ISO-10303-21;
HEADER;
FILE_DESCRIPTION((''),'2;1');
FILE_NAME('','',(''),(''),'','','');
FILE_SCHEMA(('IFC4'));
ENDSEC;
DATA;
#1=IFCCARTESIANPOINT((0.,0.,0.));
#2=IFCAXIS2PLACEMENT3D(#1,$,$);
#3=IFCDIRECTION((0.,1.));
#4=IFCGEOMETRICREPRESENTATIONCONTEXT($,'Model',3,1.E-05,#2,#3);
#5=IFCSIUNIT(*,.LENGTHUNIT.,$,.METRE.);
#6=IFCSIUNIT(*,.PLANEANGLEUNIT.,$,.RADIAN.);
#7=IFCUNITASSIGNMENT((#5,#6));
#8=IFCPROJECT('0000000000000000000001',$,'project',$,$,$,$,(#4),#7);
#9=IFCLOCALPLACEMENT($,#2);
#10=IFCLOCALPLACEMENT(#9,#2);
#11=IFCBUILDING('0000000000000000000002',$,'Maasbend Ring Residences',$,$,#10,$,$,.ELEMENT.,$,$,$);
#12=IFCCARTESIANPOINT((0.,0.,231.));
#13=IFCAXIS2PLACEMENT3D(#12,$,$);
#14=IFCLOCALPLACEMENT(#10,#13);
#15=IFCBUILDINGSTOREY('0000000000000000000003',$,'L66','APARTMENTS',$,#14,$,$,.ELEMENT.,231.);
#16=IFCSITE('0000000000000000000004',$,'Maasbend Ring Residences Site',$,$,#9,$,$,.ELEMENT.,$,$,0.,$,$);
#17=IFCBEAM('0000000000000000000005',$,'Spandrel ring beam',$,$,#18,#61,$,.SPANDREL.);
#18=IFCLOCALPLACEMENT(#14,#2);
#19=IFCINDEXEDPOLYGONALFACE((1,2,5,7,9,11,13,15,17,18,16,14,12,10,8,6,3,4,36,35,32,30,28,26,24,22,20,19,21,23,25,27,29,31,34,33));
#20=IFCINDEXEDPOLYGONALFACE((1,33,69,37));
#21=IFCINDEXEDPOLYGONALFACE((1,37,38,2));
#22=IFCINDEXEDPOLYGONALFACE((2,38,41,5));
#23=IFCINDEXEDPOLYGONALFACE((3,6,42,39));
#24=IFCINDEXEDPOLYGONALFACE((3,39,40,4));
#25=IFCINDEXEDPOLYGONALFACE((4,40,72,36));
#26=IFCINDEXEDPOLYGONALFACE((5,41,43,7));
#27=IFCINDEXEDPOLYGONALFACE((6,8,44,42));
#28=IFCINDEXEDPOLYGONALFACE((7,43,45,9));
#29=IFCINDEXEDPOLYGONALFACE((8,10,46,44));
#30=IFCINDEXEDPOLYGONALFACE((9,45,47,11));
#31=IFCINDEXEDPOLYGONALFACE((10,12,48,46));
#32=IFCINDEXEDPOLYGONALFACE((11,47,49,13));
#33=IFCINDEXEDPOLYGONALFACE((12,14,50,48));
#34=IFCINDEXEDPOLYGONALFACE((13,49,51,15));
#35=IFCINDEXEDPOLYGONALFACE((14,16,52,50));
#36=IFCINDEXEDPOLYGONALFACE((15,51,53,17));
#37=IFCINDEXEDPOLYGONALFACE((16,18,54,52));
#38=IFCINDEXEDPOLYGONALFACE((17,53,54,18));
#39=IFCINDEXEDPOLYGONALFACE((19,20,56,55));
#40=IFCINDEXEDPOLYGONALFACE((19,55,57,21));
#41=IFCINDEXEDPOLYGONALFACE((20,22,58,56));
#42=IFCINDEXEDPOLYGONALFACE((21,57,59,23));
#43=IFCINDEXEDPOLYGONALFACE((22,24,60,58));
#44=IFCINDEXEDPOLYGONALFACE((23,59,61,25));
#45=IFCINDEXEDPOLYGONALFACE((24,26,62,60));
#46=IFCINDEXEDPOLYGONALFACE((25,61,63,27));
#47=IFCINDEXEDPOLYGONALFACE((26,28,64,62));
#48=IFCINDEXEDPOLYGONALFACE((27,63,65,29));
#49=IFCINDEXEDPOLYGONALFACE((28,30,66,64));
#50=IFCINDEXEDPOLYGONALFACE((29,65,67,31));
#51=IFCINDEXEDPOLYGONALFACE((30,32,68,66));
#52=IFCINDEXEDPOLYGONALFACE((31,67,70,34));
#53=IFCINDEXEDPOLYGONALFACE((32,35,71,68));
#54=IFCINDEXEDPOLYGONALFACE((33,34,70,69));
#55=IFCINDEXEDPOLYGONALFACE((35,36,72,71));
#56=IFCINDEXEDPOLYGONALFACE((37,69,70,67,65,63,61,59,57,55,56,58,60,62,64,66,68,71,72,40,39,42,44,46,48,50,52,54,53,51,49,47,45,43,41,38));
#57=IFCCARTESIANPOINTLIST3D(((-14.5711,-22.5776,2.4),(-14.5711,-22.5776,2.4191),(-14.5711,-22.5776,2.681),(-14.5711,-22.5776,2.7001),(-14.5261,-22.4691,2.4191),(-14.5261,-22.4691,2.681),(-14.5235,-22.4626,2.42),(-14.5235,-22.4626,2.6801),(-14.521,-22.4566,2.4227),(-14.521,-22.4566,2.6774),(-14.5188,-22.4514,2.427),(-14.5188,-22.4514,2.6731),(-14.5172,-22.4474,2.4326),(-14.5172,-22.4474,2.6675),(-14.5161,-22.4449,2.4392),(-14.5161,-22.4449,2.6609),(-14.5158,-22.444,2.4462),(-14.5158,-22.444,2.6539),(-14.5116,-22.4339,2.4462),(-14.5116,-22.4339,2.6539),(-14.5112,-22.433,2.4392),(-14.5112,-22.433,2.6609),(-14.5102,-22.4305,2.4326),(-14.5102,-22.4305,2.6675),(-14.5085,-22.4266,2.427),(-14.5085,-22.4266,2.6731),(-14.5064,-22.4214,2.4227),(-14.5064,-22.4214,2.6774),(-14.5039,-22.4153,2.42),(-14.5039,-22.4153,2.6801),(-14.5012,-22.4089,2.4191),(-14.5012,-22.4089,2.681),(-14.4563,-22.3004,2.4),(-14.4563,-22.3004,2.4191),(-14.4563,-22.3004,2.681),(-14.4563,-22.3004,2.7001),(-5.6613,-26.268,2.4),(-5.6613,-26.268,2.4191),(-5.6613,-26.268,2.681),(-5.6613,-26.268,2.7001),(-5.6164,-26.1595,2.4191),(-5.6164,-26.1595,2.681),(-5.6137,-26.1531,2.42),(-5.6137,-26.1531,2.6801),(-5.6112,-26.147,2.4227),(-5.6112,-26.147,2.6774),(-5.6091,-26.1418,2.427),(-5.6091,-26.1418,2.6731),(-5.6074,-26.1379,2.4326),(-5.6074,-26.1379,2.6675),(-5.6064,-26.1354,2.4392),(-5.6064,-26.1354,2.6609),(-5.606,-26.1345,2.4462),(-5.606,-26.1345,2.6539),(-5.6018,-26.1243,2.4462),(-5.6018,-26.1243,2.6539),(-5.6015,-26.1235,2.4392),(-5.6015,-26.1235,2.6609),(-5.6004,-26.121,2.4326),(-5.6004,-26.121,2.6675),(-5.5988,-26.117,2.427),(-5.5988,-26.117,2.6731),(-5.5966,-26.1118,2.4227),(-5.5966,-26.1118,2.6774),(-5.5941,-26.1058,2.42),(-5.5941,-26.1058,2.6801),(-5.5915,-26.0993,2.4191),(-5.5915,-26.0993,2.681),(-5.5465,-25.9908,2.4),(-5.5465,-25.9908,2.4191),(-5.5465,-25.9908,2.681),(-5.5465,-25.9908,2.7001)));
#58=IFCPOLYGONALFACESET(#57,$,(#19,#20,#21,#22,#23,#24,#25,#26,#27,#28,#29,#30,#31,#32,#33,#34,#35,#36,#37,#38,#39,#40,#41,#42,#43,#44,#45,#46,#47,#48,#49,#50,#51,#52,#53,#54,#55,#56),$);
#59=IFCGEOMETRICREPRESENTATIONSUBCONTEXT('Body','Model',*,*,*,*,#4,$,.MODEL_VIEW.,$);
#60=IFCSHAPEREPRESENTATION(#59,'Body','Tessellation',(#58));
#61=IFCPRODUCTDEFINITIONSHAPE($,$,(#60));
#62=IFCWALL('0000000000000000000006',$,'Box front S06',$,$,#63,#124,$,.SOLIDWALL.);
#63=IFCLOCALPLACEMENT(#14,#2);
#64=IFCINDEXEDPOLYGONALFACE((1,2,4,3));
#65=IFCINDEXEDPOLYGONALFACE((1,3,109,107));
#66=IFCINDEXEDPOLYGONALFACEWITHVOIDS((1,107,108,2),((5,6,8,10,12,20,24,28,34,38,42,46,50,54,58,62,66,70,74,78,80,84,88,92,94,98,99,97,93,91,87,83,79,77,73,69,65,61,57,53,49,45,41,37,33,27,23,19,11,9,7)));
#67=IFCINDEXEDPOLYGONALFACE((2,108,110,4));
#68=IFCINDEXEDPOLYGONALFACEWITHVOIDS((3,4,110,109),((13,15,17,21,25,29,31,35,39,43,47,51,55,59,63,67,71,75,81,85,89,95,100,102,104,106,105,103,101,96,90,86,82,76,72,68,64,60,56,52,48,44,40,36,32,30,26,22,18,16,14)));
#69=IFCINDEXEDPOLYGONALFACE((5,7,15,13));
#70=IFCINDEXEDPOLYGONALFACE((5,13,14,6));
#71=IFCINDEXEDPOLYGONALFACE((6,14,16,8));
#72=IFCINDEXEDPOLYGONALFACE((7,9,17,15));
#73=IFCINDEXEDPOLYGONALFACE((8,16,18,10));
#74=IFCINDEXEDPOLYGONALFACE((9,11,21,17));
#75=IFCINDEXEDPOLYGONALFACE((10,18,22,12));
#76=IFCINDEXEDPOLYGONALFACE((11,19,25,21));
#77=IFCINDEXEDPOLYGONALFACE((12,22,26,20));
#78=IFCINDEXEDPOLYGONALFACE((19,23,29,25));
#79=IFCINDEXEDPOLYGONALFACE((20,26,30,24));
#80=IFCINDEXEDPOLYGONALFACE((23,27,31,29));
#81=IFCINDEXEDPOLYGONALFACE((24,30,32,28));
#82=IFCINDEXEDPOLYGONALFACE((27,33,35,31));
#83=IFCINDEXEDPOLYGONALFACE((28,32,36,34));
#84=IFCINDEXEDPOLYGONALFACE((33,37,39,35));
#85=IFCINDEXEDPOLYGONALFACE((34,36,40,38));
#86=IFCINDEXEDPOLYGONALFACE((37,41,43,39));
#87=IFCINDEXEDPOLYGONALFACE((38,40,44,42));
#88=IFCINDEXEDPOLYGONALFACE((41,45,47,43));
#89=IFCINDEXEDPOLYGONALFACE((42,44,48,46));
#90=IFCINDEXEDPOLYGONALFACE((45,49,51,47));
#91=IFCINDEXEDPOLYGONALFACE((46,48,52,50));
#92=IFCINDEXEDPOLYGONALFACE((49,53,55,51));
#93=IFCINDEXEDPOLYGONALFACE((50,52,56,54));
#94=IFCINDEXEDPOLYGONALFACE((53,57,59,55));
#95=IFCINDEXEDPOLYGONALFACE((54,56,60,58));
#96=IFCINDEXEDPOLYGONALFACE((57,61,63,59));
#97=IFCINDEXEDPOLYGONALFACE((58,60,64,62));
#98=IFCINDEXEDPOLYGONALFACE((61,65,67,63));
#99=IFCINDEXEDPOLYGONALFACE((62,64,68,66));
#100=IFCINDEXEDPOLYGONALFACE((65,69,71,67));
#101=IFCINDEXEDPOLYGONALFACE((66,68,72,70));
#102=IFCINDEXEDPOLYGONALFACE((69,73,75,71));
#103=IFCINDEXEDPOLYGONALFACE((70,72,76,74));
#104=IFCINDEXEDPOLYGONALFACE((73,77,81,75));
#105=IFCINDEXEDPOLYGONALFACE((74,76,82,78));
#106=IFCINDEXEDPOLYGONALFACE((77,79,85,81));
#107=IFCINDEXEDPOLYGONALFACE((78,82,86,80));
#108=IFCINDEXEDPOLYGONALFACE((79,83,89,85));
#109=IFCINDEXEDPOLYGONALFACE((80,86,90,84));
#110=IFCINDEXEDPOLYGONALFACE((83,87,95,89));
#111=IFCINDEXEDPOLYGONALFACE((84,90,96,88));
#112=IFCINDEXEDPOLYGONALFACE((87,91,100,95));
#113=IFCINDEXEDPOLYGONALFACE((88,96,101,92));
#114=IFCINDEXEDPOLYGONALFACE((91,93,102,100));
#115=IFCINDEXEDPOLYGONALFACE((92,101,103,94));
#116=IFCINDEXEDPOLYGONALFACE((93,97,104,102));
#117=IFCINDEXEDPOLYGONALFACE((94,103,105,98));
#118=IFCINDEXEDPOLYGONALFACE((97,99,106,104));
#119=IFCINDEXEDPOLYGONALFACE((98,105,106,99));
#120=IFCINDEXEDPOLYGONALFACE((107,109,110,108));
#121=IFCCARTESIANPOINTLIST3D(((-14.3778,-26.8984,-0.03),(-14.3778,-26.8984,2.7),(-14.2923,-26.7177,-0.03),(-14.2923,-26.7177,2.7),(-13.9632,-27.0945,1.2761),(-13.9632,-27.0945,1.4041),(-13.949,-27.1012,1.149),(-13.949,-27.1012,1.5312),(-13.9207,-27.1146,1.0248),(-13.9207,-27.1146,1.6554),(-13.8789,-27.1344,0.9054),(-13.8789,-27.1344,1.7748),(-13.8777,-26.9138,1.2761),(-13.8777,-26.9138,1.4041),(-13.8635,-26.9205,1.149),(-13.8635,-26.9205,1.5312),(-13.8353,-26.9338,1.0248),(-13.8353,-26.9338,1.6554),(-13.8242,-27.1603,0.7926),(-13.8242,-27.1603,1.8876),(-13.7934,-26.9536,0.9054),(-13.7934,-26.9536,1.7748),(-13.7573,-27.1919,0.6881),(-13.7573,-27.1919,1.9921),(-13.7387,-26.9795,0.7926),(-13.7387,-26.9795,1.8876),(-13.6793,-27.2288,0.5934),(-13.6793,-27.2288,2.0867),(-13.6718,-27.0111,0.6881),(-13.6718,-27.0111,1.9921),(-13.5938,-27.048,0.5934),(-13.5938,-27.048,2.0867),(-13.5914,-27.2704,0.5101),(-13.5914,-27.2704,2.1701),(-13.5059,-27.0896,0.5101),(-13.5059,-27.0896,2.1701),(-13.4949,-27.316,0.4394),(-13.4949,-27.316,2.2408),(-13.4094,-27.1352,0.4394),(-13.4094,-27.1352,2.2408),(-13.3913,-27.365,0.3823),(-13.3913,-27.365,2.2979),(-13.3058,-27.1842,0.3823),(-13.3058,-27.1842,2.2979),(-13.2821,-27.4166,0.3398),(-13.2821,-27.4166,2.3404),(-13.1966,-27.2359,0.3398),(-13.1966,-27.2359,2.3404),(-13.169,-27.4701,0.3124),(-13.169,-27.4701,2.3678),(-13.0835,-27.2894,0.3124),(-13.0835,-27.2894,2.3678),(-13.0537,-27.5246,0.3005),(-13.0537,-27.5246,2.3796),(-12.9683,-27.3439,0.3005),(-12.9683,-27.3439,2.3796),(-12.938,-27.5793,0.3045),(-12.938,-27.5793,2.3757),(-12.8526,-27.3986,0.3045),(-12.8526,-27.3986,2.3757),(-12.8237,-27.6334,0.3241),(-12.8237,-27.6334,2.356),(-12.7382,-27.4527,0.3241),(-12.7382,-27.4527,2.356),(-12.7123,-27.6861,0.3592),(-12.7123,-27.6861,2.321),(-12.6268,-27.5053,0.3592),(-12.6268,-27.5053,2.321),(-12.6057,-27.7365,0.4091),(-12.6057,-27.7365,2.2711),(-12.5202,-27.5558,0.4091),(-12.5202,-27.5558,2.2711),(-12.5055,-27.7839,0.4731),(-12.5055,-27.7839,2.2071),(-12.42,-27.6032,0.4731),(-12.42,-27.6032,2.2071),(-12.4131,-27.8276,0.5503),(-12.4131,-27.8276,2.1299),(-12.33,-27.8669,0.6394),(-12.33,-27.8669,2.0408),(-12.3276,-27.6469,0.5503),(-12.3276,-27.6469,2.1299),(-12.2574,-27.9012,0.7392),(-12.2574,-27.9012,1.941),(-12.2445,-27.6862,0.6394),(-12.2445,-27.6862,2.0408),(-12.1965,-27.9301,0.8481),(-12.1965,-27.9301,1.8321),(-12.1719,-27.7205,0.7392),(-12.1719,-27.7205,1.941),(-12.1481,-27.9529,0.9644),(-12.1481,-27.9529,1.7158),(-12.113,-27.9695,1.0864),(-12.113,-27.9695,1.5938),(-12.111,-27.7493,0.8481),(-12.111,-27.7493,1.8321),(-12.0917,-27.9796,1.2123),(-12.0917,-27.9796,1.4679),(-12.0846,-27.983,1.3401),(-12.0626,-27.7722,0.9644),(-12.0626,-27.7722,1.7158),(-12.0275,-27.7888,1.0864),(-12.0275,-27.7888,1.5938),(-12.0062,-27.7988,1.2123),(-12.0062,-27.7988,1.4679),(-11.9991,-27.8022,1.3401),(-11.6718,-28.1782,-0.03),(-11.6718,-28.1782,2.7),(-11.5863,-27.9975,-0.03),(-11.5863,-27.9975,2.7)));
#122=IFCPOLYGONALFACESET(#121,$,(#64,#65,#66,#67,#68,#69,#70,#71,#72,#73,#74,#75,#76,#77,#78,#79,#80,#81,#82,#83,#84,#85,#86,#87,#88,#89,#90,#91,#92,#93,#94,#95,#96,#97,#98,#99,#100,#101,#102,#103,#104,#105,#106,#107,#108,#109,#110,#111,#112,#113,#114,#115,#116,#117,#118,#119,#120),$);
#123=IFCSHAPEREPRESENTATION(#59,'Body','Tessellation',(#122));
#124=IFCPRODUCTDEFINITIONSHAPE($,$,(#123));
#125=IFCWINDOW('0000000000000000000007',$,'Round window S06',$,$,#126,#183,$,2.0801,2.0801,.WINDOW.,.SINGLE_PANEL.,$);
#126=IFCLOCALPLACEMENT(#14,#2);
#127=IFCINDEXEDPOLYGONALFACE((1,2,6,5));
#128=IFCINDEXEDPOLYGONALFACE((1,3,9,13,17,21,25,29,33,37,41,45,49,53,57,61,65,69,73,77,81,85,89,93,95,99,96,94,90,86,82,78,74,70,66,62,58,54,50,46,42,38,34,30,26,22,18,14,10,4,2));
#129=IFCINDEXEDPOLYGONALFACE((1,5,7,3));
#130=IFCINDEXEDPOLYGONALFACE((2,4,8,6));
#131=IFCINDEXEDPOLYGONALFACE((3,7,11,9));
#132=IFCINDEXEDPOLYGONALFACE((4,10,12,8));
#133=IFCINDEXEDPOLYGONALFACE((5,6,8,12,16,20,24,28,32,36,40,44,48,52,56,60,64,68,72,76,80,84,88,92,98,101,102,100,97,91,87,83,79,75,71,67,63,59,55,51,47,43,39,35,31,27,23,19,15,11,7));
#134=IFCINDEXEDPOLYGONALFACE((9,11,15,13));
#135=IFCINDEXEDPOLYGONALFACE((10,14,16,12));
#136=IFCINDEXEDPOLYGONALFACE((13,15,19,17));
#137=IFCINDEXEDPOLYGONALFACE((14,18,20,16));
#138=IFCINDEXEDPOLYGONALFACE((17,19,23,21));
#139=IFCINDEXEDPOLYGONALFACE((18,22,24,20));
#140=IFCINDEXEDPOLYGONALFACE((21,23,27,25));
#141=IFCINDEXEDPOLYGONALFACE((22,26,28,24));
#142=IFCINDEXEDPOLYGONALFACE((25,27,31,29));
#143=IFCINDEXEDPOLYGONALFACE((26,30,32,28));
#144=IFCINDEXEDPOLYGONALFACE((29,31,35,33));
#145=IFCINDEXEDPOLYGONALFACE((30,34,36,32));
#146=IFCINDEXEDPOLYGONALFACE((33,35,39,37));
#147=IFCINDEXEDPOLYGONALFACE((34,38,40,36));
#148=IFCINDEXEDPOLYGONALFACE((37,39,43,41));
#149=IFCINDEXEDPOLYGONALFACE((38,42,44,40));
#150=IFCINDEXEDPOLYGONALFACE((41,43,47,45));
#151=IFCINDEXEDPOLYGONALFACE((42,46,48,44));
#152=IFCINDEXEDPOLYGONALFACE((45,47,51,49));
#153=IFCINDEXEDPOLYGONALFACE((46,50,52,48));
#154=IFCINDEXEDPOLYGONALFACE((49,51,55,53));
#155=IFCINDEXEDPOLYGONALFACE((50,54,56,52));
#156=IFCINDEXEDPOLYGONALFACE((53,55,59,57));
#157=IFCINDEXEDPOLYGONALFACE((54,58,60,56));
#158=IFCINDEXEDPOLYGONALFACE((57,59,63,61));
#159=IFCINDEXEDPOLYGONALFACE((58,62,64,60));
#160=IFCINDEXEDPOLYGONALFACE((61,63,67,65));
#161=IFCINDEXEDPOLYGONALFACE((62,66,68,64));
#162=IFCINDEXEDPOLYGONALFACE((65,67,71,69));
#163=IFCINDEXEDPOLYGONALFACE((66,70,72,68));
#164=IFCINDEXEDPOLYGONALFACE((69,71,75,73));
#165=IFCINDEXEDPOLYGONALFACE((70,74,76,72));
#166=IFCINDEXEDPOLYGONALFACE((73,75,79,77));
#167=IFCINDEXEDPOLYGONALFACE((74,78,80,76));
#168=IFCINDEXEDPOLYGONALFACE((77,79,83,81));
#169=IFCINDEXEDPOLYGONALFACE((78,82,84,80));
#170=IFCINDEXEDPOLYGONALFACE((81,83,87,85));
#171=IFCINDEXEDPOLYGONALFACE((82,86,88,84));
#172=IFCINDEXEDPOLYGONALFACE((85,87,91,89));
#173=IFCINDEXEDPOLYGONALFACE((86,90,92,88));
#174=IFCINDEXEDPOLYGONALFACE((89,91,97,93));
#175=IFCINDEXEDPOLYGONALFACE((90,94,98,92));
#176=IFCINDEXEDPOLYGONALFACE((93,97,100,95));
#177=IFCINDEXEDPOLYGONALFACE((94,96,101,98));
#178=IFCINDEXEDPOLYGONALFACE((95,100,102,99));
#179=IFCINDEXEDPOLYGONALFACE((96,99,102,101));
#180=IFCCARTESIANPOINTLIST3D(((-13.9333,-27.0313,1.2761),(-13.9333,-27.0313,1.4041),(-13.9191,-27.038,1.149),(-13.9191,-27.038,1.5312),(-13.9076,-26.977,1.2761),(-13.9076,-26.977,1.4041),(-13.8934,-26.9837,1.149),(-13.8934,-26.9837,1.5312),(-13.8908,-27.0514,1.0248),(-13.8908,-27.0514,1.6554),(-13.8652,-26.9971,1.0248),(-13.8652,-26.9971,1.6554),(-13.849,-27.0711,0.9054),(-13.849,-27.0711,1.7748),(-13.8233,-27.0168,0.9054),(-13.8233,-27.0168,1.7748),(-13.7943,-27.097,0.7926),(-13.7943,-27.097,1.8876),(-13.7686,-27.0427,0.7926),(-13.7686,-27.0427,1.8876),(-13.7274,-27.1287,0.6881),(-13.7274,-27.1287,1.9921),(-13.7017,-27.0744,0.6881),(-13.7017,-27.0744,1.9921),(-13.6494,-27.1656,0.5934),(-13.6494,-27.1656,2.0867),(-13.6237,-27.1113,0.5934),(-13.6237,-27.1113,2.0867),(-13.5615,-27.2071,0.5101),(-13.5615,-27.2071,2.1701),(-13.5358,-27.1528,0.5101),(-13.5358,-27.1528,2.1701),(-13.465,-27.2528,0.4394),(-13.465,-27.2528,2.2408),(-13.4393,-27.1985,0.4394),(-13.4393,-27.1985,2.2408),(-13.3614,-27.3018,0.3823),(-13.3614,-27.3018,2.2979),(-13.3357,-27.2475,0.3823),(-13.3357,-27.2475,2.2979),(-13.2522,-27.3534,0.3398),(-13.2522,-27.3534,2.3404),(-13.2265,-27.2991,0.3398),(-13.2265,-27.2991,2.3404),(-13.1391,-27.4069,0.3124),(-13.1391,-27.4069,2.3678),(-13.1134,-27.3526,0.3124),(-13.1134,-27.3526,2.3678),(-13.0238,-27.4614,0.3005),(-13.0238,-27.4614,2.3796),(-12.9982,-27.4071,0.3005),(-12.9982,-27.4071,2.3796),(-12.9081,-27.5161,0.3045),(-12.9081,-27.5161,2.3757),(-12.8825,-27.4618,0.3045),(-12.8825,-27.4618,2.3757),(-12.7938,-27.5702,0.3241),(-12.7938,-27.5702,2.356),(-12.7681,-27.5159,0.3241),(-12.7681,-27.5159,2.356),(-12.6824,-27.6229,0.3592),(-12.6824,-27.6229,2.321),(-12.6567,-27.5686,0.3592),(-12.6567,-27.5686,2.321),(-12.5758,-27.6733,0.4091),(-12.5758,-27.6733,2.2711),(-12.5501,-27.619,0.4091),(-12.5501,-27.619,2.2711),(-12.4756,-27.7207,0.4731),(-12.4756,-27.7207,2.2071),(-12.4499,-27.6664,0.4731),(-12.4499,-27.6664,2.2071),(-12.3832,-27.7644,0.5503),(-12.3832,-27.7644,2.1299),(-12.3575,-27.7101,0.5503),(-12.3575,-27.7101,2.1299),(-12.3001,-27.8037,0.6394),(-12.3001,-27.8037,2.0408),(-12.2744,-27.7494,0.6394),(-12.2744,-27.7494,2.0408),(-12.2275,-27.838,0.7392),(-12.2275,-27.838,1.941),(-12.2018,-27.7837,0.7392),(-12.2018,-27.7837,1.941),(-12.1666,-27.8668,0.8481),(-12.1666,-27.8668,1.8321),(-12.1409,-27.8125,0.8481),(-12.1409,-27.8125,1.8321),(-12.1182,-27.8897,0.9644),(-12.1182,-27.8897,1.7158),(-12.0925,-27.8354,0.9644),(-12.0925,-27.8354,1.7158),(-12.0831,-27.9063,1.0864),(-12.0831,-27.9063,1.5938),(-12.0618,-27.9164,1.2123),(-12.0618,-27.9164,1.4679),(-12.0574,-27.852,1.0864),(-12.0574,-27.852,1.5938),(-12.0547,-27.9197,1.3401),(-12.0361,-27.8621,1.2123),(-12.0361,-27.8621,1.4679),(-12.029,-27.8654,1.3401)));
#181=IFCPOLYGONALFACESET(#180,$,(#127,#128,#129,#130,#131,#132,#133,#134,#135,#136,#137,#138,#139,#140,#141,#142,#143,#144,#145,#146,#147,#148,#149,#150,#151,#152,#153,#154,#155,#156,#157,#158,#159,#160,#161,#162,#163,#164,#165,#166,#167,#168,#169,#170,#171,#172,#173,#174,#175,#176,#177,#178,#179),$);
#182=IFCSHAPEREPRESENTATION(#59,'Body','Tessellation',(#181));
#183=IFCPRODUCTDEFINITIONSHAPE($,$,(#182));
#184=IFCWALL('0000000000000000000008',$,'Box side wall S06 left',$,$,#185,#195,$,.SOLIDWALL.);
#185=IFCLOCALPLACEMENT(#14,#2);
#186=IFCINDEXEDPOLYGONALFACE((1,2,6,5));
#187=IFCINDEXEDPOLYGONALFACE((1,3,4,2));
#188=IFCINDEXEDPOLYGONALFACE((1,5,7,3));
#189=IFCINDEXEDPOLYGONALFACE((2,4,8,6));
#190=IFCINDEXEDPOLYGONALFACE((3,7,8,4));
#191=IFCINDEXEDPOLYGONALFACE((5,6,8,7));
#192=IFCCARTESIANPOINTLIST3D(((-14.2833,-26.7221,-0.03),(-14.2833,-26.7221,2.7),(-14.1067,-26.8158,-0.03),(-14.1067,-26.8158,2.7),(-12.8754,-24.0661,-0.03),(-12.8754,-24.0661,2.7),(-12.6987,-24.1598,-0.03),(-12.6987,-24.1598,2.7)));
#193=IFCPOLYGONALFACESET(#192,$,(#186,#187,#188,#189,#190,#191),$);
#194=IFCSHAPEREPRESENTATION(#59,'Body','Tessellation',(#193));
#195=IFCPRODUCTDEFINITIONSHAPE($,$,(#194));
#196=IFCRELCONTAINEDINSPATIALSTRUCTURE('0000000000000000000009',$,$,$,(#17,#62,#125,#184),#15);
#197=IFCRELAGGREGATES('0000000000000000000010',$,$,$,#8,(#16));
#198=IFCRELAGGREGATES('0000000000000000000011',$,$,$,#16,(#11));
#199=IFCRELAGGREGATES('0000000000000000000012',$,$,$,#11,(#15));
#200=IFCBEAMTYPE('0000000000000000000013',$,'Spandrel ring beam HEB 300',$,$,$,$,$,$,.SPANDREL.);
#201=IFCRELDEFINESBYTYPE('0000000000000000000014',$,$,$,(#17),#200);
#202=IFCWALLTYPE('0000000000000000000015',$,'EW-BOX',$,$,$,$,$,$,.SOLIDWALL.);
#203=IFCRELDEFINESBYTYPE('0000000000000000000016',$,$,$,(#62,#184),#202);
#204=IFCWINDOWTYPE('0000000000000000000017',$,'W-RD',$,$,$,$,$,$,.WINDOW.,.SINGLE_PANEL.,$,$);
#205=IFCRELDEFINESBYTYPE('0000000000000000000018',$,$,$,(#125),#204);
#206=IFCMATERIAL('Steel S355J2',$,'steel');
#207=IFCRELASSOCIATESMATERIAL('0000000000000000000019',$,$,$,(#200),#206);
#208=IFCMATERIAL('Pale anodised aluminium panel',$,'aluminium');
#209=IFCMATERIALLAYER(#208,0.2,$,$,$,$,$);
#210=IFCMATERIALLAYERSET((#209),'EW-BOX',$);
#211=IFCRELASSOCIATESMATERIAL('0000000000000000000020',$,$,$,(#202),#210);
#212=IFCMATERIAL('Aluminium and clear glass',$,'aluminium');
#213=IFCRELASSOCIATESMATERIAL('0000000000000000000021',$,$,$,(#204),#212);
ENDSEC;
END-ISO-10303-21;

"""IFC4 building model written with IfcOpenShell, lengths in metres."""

from ifc_helpers import new_model, si_unit, direction, frame, frame_2d, origin, origin_2d, place, context, subcontext, project, spatial, rectangle, circle, i_section, extrude, material, layer, layer_set, material_profile, profile_set, type_object, element, fill, save


model = new_model("IFC4")

# Units and contexts
model_context = context("Model", 3, precision=1e-05, world=origin(), true_north=direction((0.0, 1.0)))
body_context = subcontext(model_context, "Body", "Model", "MODEL_VIEW")
ifc_project = project(units=[si_unit("LENGTHUNIT", "METRE"), si_unit("PLANEANGLEUNIT", "RADIAN")], contexts=[model_context])

# Site, building, storey
site_placement = place(None, origin())
site = spatial("IfcSite", under=ifc_project, at=site_placement, Name="Maasbend Ring Residences Site", CompositionType="ELEMENT", RefElevation=0.0)
building_placement = place(site_placement, origin())
building = spatial("IfcBuilding", under=site, at=building_placement, Name="Maasbend Ring Residences", CompositionType="ELEMENT")
storey_placement = place(building_placement, frame((0.0, 0.0, 231.0)))
storey = spatial("IfcBuildingStorey", under=building, at=storey_placement, Name="L66", Description="APARTMENTS", CompositionType="ELEMENT", Elevation=231.0)

# Beam
ifc_material_1 = material(Name="Steel S355J2", Category="steel")
ifc_material_profile_1 = material_profile(ifc_material_1, i_section(OverallWidth=0.3, OverallDepth=0.3, WebThickness=0.011, FlangeThickness=0.019, FilletRadius=0.0271, at=origin_2d()), Name="HEB 300")
ifc_profile_set_1 = profile_set([ifc_material_profile_1], Name="Steel S355J2")
beam_type_1 = type_object("IfcBeamType", Name="Spandrel ring beam HEB 300", PredefinedType="SPANDREL", material=ifc_profile_set_1)
beam_1_placement = place(storey_placement, frame((-14.5137, -22.439, 2.55), z_axis=(0.923882, -0.382677, 0.0), x_axis=(0.382677, 0.923882, 0.0)))
element("IfcBeam", 1, at=beam_1_placement, inside=storey, type_object=beam_type_1, Name="Spandrel ring beam", PredefinedType="SPANDREL", context=body_context, shape_type="SweptSolid", body=[
    extrude(i_section(OverallWidth=0.3, OverallDepth=0.3, WebThickness=0.011, FlangeThickness=0.019, FilletRadius=0.0271, at=origin_2d()), origin(), (0.0, 0.0, 1.0), 9.6438),
])

# Wall, opening, window
ifc_material_2 = material(Name="Pale anodised aluminium panel", Category="aluminium")
ifc_layer_1 = layer(ifc_material_2, 0.2)
ifc_layer_set_1 = layer_set([ifc_layer_1], Name="EW-BOX")
wall_type_1 = type_object("IfcWallType", Name="EW-BOX", PredefinedType="SOLIDWALL", material=ifc_layer_set_1)
wall_1_placement = place(storey_placement, frame((-14.335, -26.8081, -0.03), z_axis=(0.0, 0.0, 1.0), x_axis=(0.904, -0.427532, 0.0)))
wall_1 = element("IfcWall", 2, at=wall_1_placement, inside=storey, type_object=wall_type_1, Name="Box front S06", PredefinedType="SOLIDWALL", context=body_context, shape_type="SweptSolid", body=[
    extrude(rectangle(XDim=2.9934, YDim=0.2, at=frame_2d((1.4966, 0.0))), origin(), (0.0, 0.0, 1.0), 2.73),
])
opening_1_placement = place(wall_1_placement, frame((0.4565, 0.0, 0.3301)))
opening_1 = element("IfcOpeningElement", 3, at=opening_1_placement, cuts=wall_1, PredefinedType="OPENING", context=body_context, shape_type="SweptSolid", body=[
    extrude(circle(Radius=1.04, at=frame_2d((1.04, 1.04))), frame((0.0, 0.1099, 0.0), z_axis=(0.0, -1.0, 0.0), x_axis=(1.0, 0.0, 0.0)), (0.0, 0.0, 1.0), 0.22),
])
ifc_material_3 = material(Name="Aluminium and clear glass", Category="aluminium")
window_type_1 = type_object("IfcWindowType", Name="W-RD", PartitioningType="SINGLE_PANEL", PredefinedType="WINDOW", material=ifc_material_3)
window_1_placement = place(opening_1_placement, origin())
window_1 = element("IfcWindow", 4, at=window_1_placement, inside=storey, type_object=window_type_1, Name="Round window S06", OverallHeight=2.0801, OverallWidth=2.0801, PartitioningType="SINGLE_PANEL", PredefinedType="WINDOW", context=body_context, shape_type="SweptSolid", body=[
    extrude(circle(Radius=1.04, at=frame_2d((1.04, 1.04))), frame((0.0, 0.03, 0.0), z_axis=(0.0, -1.0, 0.0), x_axis=(1.0, 0.0, 0.0)), (0.0, 0.0, 1.0), 0.0601),
])
fill(opening_1, window_1)

# Wall
wall_2_placement = place(storey_placement, frame((-12.7871, -24.113, -0.03), z_axis=(0.0, 0.0, 1.0), x_axis=(-0.468365, -0.883535, 0.0)))
element("IfcWall", 5, at=wall_2_placement, inside=storey, type_object=wall_type_1, Name="Box side wall S06 left", PredefinedType="SOLIDWALL", context=body_context, shape_type="SweptSolid", body=[
    extrude(rectangle(XDim=3.0061, YDim=0.2, at=frame_2d((1.5029, 0.0))), origin(), (0.0, 0.0, 1.0), 2.73),
])

save(model, "model.ifc")
